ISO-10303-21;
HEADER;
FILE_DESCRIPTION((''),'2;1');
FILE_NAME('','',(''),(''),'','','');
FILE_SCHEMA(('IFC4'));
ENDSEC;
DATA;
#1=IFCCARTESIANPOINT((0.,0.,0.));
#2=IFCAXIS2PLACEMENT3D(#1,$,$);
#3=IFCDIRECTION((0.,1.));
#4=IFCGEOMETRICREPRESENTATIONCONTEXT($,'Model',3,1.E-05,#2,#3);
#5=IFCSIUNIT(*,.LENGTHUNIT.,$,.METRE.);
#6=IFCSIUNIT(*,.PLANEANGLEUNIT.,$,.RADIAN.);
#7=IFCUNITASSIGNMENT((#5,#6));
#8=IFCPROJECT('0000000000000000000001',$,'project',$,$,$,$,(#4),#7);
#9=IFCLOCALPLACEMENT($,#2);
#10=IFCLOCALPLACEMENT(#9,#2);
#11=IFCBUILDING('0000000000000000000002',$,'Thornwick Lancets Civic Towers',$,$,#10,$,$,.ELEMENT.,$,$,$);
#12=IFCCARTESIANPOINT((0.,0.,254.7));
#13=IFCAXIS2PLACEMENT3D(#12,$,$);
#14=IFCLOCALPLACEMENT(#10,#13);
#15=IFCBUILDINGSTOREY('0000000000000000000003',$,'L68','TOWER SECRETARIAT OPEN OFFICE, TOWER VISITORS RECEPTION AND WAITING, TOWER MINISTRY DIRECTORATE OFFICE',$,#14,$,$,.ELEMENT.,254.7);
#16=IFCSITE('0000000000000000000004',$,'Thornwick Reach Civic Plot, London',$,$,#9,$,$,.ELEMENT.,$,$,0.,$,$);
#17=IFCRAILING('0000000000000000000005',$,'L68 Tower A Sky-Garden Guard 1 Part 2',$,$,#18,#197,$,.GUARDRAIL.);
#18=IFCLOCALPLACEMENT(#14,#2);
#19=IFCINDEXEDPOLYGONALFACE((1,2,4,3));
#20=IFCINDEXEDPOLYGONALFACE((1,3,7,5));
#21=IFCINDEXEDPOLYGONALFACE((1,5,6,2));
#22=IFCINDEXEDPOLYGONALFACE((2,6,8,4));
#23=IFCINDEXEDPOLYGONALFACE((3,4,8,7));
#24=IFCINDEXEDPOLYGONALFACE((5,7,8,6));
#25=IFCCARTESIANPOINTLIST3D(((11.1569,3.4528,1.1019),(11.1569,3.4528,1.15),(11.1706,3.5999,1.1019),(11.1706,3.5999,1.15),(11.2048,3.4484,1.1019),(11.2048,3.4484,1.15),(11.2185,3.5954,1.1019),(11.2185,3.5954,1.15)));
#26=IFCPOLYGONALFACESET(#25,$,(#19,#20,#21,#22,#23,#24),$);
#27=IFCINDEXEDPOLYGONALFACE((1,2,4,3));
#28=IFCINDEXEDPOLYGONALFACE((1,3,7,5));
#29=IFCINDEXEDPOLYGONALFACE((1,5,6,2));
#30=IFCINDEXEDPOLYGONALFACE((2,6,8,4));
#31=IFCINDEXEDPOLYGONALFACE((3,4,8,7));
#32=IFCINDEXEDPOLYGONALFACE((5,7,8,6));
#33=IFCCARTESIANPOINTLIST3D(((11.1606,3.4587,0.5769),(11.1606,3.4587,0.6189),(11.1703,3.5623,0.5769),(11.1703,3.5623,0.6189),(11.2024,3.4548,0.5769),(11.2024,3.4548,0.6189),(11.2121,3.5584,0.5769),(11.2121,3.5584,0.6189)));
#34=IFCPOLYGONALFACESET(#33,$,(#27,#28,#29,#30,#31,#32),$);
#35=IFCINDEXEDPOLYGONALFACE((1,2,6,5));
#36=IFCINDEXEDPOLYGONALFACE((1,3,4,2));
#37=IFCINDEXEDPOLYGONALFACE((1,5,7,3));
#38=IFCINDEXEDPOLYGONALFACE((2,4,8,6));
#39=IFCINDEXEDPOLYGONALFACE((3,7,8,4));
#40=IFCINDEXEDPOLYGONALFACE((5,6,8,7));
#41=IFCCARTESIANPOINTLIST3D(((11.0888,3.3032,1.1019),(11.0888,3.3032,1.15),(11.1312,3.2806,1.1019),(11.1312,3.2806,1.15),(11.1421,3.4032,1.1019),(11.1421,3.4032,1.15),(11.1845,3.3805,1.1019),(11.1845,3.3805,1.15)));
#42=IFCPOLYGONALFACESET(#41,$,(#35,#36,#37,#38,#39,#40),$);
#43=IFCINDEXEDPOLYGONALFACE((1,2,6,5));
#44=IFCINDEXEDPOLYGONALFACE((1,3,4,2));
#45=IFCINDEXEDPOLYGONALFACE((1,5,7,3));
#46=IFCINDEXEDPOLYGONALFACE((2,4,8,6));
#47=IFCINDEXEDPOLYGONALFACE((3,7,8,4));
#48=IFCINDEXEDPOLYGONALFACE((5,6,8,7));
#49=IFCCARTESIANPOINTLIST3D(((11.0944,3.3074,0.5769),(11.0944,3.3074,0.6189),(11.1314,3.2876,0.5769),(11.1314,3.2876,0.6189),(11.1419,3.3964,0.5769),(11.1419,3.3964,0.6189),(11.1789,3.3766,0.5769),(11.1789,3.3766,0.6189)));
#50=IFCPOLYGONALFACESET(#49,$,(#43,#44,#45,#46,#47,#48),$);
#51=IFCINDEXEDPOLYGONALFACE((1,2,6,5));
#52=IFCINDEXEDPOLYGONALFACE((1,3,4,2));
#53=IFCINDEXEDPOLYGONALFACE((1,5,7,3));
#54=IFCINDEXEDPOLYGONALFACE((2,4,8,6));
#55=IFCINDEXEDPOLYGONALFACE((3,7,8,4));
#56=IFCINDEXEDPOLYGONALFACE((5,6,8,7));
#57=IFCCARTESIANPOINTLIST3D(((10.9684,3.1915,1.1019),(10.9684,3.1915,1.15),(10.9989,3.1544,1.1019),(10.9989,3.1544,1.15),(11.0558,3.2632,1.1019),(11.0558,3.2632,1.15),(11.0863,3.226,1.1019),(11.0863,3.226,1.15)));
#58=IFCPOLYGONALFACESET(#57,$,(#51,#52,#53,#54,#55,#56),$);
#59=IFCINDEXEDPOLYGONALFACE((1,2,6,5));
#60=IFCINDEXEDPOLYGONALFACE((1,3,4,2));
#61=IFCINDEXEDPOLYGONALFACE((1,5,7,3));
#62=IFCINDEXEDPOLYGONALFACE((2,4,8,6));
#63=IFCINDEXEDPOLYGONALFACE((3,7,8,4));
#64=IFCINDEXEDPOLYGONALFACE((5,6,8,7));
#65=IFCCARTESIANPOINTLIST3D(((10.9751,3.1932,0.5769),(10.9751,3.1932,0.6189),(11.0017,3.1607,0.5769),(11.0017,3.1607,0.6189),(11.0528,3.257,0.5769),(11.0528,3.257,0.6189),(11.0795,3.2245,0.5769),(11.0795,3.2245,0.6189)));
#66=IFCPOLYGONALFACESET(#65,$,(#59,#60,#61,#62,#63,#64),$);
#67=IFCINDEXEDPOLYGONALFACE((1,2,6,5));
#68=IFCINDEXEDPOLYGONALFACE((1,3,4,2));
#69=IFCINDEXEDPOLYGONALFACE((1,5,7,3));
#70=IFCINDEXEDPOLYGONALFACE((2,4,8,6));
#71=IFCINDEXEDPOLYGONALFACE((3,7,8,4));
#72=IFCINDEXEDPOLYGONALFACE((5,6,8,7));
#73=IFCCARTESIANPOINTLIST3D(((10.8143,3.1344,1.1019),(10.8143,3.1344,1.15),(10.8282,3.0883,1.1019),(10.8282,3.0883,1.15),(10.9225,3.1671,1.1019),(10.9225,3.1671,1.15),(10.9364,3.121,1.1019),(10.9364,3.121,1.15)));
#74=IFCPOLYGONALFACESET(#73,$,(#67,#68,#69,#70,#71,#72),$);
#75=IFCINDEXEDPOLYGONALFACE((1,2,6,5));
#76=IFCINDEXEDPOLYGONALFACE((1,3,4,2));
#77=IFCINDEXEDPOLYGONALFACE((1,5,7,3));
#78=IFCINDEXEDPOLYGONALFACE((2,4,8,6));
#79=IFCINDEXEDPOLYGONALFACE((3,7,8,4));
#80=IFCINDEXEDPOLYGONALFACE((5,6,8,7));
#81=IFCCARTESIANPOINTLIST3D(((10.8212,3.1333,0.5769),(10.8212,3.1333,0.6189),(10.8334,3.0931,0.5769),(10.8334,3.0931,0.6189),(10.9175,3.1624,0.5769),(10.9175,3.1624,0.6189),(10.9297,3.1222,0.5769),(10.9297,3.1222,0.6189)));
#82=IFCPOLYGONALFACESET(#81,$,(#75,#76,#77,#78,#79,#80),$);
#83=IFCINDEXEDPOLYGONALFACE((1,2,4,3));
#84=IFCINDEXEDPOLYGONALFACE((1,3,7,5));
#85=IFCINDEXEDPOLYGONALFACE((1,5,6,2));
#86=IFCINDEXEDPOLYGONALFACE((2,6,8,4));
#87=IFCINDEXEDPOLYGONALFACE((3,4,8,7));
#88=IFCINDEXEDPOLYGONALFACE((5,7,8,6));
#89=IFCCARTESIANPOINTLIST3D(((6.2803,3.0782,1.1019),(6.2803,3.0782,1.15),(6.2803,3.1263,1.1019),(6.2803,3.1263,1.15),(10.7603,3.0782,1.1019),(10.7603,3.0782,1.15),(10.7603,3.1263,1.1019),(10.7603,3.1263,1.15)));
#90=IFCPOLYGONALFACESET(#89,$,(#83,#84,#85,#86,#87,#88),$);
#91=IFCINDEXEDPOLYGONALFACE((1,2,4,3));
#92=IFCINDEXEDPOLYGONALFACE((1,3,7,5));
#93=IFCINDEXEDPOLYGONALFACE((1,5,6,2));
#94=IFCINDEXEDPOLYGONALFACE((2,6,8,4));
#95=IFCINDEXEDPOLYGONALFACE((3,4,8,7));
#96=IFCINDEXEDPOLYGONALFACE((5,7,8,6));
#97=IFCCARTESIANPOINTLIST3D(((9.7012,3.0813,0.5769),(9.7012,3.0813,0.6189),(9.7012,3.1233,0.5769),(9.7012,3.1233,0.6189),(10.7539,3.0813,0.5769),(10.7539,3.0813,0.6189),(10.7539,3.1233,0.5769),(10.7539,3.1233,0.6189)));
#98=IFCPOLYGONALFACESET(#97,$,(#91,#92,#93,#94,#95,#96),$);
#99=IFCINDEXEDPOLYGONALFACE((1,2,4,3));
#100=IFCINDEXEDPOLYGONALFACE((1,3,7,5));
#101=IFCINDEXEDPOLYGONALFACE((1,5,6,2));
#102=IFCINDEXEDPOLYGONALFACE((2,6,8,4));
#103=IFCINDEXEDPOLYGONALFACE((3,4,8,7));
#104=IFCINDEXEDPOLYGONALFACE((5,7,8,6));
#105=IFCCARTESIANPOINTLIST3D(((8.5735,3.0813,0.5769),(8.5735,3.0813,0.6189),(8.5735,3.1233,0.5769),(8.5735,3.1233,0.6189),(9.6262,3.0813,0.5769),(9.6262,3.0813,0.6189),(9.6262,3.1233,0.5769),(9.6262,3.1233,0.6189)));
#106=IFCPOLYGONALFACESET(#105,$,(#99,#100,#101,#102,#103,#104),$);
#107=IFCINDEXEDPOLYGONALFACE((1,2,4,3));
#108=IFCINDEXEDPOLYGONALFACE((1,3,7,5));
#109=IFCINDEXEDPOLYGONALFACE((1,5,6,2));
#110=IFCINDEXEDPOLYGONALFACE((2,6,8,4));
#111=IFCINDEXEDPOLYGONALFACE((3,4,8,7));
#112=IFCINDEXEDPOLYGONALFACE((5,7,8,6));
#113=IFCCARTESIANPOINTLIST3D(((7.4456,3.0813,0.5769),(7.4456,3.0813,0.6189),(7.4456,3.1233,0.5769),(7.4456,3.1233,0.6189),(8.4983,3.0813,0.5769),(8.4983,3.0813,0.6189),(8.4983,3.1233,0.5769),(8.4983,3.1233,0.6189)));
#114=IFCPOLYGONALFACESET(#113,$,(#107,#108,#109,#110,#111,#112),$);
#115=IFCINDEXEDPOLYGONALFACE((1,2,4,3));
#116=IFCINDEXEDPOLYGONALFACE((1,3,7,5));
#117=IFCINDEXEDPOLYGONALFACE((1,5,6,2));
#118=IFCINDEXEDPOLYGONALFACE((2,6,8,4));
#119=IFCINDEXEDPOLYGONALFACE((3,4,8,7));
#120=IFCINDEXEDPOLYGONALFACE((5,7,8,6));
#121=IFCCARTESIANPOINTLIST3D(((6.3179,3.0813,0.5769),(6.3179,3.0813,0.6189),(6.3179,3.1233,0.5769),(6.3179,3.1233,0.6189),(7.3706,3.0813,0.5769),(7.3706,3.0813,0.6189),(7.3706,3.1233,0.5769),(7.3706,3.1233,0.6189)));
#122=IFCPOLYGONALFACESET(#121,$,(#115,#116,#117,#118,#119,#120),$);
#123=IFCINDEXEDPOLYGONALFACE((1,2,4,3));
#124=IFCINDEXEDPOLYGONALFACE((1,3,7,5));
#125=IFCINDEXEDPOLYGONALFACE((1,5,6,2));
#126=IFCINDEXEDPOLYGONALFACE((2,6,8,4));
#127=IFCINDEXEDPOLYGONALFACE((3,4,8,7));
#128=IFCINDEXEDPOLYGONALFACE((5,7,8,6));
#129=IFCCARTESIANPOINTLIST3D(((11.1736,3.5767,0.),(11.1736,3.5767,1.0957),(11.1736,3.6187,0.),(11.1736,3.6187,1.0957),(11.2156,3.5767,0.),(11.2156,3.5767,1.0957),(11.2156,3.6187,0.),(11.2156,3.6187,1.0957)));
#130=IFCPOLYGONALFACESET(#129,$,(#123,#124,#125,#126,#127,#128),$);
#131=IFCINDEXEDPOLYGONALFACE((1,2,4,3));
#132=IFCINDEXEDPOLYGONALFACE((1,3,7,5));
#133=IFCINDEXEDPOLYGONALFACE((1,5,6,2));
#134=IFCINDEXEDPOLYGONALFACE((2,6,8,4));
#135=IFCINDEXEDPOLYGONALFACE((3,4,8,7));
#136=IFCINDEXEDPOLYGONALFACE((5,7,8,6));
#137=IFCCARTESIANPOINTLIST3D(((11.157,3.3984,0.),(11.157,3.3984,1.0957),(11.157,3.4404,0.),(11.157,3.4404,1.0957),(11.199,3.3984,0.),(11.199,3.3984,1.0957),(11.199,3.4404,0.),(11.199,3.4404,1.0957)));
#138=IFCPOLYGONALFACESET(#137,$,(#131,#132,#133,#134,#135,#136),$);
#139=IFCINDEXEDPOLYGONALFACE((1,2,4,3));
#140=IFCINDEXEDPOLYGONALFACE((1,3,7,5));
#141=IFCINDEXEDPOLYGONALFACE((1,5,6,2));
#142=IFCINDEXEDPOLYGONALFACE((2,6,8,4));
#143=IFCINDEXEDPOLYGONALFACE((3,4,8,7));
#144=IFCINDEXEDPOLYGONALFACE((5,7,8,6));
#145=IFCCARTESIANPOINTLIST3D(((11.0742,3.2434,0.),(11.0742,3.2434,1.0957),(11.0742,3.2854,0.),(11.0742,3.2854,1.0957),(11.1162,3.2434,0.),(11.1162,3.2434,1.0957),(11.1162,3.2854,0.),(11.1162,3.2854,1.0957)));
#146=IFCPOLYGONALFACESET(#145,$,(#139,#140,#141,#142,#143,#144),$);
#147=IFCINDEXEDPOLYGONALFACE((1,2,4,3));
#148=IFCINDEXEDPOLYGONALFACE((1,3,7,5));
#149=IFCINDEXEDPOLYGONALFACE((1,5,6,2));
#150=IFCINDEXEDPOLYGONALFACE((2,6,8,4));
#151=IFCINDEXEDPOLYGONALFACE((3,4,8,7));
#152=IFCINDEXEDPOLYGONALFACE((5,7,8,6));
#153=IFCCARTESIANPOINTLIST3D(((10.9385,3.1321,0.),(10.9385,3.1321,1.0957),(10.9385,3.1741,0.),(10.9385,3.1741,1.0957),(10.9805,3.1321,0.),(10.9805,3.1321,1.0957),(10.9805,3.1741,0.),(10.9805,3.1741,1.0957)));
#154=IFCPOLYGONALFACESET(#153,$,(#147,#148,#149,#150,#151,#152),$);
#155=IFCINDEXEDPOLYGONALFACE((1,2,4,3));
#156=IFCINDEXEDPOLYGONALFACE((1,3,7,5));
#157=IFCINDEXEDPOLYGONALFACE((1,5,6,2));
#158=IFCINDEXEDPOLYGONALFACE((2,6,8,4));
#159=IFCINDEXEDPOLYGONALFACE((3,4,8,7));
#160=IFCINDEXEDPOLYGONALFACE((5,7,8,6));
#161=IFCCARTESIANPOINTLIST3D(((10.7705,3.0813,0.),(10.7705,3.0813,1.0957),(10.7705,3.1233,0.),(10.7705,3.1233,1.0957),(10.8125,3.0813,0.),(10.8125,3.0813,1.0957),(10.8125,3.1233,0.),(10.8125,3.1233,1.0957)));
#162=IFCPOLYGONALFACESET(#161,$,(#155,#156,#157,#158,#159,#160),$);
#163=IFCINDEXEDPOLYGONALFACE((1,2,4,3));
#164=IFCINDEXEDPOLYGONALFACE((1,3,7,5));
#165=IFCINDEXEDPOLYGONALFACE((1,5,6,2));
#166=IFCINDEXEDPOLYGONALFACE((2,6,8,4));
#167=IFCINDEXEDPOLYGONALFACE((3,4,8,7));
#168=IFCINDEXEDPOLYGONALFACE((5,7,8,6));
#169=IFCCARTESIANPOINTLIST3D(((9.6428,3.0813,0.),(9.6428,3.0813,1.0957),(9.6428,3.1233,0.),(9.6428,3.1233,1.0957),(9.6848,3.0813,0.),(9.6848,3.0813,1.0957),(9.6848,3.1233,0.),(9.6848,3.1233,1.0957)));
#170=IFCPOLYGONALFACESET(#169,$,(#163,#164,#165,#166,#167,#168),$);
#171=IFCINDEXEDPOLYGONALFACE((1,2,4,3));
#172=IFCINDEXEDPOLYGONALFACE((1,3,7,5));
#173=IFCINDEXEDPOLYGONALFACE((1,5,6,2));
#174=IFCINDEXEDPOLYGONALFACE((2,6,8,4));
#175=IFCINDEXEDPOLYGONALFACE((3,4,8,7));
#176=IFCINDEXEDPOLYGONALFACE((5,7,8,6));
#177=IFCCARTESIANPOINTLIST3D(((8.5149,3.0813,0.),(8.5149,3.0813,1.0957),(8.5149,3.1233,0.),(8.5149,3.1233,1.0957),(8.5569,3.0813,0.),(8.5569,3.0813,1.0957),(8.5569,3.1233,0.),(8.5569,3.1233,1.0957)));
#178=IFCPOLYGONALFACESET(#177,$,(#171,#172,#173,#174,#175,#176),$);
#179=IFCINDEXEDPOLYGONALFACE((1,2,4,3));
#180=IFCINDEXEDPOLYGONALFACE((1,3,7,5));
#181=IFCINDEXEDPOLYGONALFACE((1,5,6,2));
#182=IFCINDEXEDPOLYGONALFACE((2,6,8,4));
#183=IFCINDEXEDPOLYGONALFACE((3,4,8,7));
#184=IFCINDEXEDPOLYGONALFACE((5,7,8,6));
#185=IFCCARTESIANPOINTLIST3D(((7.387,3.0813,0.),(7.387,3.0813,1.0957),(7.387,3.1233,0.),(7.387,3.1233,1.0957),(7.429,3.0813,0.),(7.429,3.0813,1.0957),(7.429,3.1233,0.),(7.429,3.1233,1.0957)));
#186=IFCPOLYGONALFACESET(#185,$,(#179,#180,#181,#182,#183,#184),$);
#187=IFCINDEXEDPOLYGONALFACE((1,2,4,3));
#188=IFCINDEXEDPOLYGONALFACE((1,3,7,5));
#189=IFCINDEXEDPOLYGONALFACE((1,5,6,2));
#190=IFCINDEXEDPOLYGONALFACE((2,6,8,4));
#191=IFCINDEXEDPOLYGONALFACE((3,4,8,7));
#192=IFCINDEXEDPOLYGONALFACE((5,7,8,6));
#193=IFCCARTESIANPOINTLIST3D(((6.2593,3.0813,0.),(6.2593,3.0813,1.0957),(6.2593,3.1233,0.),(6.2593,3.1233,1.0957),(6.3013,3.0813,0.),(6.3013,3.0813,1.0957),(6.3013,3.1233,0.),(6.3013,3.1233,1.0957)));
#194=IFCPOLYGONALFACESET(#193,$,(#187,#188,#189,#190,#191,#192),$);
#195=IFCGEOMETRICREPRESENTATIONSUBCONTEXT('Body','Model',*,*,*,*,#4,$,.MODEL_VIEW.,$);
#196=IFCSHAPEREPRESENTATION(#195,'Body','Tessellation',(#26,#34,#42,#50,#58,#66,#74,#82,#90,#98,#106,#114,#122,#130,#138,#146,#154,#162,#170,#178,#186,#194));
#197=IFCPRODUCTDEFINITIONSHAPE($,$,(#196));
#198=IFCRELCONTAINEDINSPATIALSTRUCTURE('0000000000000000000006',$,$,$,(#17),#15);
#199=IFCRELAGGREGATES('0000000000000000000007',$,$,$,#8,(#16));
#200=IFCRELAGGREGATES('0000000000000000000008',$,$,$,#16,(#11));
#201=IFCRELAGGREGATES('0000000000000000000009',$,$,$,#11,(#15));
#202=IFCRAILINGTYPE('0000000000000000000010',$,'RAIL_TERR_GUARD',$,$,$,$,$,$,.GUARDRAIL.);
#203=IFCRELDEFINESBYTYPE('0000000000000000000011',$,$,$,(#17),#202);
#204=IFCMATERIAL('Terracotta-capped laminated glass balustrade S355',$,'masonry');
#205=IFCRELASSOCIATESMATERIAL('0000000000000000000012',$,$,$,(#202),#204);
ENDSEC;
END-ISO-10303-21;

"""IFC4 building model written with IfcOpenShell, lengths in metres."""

from ifc_helpers import new_model, si_unit, direction, frame, origin, origin_2d, place, context, subcontext, project, spatial, rectangle, extrude, material, type_object, element, save


model = new_model("IFC4")

# Units and contexts
model_context = context("Model", 3, precision=1e-05, world=origin(), true_north=direction((0.0, 1.0)))
body_context = subcontext(model_context, "Body", "Model", "MODEL_VIEW")
ifc_project = project(units=[si_unit("LENGTHUNIT", "METRE"), si_unit("PLANEANGLEUNIT", "RADIAN")], contexts=[model_context])

# Site, building, storey
site_placement = place(None, origin())
site = spatial("IfcSite", under=ifc_project, at=site_placement, Name="Thornwick Reach Civic Plot, London", CompositionType="ELEMENT", RefElevation=0.0)
building_placement = place(site_placement, origin())
building = spatial("IfcBuilding", under=site, at=building_placement, Name="Thornwick Lancets Civic Towers", CompositionType="ELEMENT")
storey_placement = place(building_placement, frame((0.0, 0.0, 254.7)))
storey = spatial("IfcBuildingStorey", under=building, at=storey_placement, Name="L68", Description="TOWER SECRETARIAT OPEN OFFICE, TOWER VISITORS RECEPTION AND WAITING, TOWER MINISTRY DIRECTORATE OFFICE", CompositionType="ELEMENT", Elevation=254.7)

# Railing
ifc_material_1 = material(Name="Terracotta-capped laminated glass balustrade S355", Category="masonry")
railing_type = type_object("IfcRailingType", Name="RAIL_TERR_GUARD", PredefinedType="GUARDRAIL", material=ifc_material_1)
railing_1_placement = place(storey_placement, frame((11.1946, 3.5977, 0.0)))
element("IfcRailing", 1, at=railing_1_placement, inside=storey, type_object=railing_type, Name="L68 Tower A Sky-Garden Guard 1 Part 2", PredefinedType="GUARDRAIL", context=body_context, shape_type="SweptSolid", body=[
    extrude(rectangle(XDim=0.0481, YDim=0.0481, at=origin_2d()), frame((0.0, 0.0, 1.126), z_axis=(-0.092749, -0.99569, 0.0), x_axis=(0.99569, -0.092749, 0.0)), (0.0, 0.0, 1.0), 0.1477),
    extrude(rectangle(XDim=0.042, YDim=0.042, at=origin_2d()), frame((-0.0034, -0.0374, 0.5979), z_axis=(-0.092749, -0.99569, 0.0), x_axis=(0.99569, -0.092749, 0.0)), (0.0, 0.0, 1.0), 0.104),
    extrude(rectangle(XDim=0.0481, YDim=0.0481, at=origin_2d()), frame((-0.0312, -0.2058, 1.126), z_axis=(-0.470949, -0.882161, 0.0), x_axis=(0.882161, -0.470949, 0.0)), (0.0, 0.0, 1.0), 0.1133),
    extrude(rectangle(XDim=0.042, YDim=0.042, at=origin_2d()), frame((-0.0342, -0.2112, 0.5979), z_axis=(-0.470949, -0.882161, 0.0), x_axis=(0.882161, -0.470949, 0.0)), (0.0, 0.0, 1.0), 0.1008),
    extrude(rectangle(XDim=0.0481, YDim=0.0481, at=origin_2d()), frame((-0.1235, -0.353, 1.126), z_axis=(-0.773213, -0.634146, 0.0), x_axis=(0.634146, -0.773213, 0.0)), (0.0, 0.0, 1.0), 0.113),
    extrude(rectangle(XDim=0.042, YDim=0.042, at=origin_2d()), frame((-0.1284, -0.3569, 0.5979), z_axis=(-0.773213, -0.634146, 0.0), x_axis=(0.634146, -0.773213, 0.0)), (0.0, 0.0, 1.0), 0.1006),
    extrude(rectangle(XDim=0.0481, YDim=0.0481, at=origin_2d()), frame((-0.2651, -0.4536, 1.126), z_axis=(-0.957211, -0.28939, 0.0), x_axis=(0.28939, -0.957211, 0.0)), (0.0, 0.0, 1.0), 0.113),
    extrude(rectangle(XDim=0.042, YDim=0.042, at=origin_2d()), frame((-0.271, -0.4553, 0.5979), z_axis=(-0.957211, -0.28939, 0.0), x_axis=(0.28939, -0.957211, 0.0)), (0.0, 0.0, 1.0), 0.1006),
    extrude(rectangle(XDim=0.0481, YDim=0.0481, at=origin_2d()), frame((-0.4343, -0.4954, 1.126), z_axis=(-1.0, 0.0, 0.0), x_axis=(0.0, -1.0, 0.0)), (0.0, 0.0, 1.0), 4.48),
    extrude(rectangle(XDim=0.042, YDim=0.042, at=origin_2d()), frame((-0.4407, -0.4954, 0.5979), z_axis=(-1.0, 0.0, 0.0), x_axis=(0.0, -1.0, 0.0)), (0.0, 0.0, 1.0), 1.0527),
    extrude(rectangle(XDim=0.042, YDim=0.042, at=origin_2d()), frame((-1.5684, -0.4954, 0.5979), z_axis=(-1.0, 0.0, 0.0), x_axis=(0.0, -1.0, 0.0)), (0.0, 0.0, 1.0), 1.0527),
    extrude(rectangle(XDim=0.042, YDim=0.042, at=origin_2d()), frame((-2.6963, -0.4954, 0.5979), z_axis=(-1.0, 0.0, 0.0), x_axis=(0.0, -1.0, 0.0)), (0.0, 0.0, 1.0), 1.0527),
    extrude(rectangle(XDim=0.042, YDim=0.042, at=origin_2d()), frame((-3.824, -0.4954, 0.5979), z_axis=(-1.0, 0.0, 0.0), x_axis=(0.0, -1.0, 0.0)), (0.0, 0.0, 1.0), 1.0527),
    extrude(rectangle(XDim=0.042, YDim=0.042, at=origin_2d()), origin(), (0.0, 0.0, 1.0), 1.0957),
    extrude(rectangle(XDim=0.042, YDim=0.042, at=origin_2d()), frame((-0.0166, -0.1782, 0.0)), (0.0, 0.0, 1.0), 1.0957),
    extrude(rectangle(XDim=0.042, YDim=0.042, at=origin_2d()), frame((-0.0994, -0.3333, 0.0)), (0.0, 0.0, 1.0), 1.0957),
    extrude(rectangle(XDim=0.042, YDim=0.042, at=origin_2d()), frame((-0.2351, -0.4446, 0.0)), (0.0, 0.0, 1.0), 1.0957),
    extrude(rectangle(XDim=0.042, YDim=0.042, at=origin_2d()), frame((-0.4031, -0.4954, 0.0)), (0.0, 0.0, 1.0), 1.0957),
    extrude(rectangle(XDim=0.042, YDim=0.042, at=origin_2d()), frame((-1.5308, -0.4954, 0.0)), (0.0, 0.0, 1.0), 1.0957),
    extrude(rectangle(XDim=0.042, YDim=0.042, at=origin_2d()), frame((-2.6587, -0.4954, 0.0)), (0.0, 0.0, 1.0), 1.0957),
    extrude(rectangle(XDim=0.042, YDim=0.042, at=origin_2d()), frame((-3.7866, -0.4954, 0.0)), (0.0, 0.0, 1.0), 1.0957),
    extrude(rectangle(XDim=0.042, YDim=0.042, at=origin_2d()), frame((-4.9143, -0.4954, 0.0)), (0.0, 0.0, 1.0), 1.0957),
])

save(model, "model.ifc")
